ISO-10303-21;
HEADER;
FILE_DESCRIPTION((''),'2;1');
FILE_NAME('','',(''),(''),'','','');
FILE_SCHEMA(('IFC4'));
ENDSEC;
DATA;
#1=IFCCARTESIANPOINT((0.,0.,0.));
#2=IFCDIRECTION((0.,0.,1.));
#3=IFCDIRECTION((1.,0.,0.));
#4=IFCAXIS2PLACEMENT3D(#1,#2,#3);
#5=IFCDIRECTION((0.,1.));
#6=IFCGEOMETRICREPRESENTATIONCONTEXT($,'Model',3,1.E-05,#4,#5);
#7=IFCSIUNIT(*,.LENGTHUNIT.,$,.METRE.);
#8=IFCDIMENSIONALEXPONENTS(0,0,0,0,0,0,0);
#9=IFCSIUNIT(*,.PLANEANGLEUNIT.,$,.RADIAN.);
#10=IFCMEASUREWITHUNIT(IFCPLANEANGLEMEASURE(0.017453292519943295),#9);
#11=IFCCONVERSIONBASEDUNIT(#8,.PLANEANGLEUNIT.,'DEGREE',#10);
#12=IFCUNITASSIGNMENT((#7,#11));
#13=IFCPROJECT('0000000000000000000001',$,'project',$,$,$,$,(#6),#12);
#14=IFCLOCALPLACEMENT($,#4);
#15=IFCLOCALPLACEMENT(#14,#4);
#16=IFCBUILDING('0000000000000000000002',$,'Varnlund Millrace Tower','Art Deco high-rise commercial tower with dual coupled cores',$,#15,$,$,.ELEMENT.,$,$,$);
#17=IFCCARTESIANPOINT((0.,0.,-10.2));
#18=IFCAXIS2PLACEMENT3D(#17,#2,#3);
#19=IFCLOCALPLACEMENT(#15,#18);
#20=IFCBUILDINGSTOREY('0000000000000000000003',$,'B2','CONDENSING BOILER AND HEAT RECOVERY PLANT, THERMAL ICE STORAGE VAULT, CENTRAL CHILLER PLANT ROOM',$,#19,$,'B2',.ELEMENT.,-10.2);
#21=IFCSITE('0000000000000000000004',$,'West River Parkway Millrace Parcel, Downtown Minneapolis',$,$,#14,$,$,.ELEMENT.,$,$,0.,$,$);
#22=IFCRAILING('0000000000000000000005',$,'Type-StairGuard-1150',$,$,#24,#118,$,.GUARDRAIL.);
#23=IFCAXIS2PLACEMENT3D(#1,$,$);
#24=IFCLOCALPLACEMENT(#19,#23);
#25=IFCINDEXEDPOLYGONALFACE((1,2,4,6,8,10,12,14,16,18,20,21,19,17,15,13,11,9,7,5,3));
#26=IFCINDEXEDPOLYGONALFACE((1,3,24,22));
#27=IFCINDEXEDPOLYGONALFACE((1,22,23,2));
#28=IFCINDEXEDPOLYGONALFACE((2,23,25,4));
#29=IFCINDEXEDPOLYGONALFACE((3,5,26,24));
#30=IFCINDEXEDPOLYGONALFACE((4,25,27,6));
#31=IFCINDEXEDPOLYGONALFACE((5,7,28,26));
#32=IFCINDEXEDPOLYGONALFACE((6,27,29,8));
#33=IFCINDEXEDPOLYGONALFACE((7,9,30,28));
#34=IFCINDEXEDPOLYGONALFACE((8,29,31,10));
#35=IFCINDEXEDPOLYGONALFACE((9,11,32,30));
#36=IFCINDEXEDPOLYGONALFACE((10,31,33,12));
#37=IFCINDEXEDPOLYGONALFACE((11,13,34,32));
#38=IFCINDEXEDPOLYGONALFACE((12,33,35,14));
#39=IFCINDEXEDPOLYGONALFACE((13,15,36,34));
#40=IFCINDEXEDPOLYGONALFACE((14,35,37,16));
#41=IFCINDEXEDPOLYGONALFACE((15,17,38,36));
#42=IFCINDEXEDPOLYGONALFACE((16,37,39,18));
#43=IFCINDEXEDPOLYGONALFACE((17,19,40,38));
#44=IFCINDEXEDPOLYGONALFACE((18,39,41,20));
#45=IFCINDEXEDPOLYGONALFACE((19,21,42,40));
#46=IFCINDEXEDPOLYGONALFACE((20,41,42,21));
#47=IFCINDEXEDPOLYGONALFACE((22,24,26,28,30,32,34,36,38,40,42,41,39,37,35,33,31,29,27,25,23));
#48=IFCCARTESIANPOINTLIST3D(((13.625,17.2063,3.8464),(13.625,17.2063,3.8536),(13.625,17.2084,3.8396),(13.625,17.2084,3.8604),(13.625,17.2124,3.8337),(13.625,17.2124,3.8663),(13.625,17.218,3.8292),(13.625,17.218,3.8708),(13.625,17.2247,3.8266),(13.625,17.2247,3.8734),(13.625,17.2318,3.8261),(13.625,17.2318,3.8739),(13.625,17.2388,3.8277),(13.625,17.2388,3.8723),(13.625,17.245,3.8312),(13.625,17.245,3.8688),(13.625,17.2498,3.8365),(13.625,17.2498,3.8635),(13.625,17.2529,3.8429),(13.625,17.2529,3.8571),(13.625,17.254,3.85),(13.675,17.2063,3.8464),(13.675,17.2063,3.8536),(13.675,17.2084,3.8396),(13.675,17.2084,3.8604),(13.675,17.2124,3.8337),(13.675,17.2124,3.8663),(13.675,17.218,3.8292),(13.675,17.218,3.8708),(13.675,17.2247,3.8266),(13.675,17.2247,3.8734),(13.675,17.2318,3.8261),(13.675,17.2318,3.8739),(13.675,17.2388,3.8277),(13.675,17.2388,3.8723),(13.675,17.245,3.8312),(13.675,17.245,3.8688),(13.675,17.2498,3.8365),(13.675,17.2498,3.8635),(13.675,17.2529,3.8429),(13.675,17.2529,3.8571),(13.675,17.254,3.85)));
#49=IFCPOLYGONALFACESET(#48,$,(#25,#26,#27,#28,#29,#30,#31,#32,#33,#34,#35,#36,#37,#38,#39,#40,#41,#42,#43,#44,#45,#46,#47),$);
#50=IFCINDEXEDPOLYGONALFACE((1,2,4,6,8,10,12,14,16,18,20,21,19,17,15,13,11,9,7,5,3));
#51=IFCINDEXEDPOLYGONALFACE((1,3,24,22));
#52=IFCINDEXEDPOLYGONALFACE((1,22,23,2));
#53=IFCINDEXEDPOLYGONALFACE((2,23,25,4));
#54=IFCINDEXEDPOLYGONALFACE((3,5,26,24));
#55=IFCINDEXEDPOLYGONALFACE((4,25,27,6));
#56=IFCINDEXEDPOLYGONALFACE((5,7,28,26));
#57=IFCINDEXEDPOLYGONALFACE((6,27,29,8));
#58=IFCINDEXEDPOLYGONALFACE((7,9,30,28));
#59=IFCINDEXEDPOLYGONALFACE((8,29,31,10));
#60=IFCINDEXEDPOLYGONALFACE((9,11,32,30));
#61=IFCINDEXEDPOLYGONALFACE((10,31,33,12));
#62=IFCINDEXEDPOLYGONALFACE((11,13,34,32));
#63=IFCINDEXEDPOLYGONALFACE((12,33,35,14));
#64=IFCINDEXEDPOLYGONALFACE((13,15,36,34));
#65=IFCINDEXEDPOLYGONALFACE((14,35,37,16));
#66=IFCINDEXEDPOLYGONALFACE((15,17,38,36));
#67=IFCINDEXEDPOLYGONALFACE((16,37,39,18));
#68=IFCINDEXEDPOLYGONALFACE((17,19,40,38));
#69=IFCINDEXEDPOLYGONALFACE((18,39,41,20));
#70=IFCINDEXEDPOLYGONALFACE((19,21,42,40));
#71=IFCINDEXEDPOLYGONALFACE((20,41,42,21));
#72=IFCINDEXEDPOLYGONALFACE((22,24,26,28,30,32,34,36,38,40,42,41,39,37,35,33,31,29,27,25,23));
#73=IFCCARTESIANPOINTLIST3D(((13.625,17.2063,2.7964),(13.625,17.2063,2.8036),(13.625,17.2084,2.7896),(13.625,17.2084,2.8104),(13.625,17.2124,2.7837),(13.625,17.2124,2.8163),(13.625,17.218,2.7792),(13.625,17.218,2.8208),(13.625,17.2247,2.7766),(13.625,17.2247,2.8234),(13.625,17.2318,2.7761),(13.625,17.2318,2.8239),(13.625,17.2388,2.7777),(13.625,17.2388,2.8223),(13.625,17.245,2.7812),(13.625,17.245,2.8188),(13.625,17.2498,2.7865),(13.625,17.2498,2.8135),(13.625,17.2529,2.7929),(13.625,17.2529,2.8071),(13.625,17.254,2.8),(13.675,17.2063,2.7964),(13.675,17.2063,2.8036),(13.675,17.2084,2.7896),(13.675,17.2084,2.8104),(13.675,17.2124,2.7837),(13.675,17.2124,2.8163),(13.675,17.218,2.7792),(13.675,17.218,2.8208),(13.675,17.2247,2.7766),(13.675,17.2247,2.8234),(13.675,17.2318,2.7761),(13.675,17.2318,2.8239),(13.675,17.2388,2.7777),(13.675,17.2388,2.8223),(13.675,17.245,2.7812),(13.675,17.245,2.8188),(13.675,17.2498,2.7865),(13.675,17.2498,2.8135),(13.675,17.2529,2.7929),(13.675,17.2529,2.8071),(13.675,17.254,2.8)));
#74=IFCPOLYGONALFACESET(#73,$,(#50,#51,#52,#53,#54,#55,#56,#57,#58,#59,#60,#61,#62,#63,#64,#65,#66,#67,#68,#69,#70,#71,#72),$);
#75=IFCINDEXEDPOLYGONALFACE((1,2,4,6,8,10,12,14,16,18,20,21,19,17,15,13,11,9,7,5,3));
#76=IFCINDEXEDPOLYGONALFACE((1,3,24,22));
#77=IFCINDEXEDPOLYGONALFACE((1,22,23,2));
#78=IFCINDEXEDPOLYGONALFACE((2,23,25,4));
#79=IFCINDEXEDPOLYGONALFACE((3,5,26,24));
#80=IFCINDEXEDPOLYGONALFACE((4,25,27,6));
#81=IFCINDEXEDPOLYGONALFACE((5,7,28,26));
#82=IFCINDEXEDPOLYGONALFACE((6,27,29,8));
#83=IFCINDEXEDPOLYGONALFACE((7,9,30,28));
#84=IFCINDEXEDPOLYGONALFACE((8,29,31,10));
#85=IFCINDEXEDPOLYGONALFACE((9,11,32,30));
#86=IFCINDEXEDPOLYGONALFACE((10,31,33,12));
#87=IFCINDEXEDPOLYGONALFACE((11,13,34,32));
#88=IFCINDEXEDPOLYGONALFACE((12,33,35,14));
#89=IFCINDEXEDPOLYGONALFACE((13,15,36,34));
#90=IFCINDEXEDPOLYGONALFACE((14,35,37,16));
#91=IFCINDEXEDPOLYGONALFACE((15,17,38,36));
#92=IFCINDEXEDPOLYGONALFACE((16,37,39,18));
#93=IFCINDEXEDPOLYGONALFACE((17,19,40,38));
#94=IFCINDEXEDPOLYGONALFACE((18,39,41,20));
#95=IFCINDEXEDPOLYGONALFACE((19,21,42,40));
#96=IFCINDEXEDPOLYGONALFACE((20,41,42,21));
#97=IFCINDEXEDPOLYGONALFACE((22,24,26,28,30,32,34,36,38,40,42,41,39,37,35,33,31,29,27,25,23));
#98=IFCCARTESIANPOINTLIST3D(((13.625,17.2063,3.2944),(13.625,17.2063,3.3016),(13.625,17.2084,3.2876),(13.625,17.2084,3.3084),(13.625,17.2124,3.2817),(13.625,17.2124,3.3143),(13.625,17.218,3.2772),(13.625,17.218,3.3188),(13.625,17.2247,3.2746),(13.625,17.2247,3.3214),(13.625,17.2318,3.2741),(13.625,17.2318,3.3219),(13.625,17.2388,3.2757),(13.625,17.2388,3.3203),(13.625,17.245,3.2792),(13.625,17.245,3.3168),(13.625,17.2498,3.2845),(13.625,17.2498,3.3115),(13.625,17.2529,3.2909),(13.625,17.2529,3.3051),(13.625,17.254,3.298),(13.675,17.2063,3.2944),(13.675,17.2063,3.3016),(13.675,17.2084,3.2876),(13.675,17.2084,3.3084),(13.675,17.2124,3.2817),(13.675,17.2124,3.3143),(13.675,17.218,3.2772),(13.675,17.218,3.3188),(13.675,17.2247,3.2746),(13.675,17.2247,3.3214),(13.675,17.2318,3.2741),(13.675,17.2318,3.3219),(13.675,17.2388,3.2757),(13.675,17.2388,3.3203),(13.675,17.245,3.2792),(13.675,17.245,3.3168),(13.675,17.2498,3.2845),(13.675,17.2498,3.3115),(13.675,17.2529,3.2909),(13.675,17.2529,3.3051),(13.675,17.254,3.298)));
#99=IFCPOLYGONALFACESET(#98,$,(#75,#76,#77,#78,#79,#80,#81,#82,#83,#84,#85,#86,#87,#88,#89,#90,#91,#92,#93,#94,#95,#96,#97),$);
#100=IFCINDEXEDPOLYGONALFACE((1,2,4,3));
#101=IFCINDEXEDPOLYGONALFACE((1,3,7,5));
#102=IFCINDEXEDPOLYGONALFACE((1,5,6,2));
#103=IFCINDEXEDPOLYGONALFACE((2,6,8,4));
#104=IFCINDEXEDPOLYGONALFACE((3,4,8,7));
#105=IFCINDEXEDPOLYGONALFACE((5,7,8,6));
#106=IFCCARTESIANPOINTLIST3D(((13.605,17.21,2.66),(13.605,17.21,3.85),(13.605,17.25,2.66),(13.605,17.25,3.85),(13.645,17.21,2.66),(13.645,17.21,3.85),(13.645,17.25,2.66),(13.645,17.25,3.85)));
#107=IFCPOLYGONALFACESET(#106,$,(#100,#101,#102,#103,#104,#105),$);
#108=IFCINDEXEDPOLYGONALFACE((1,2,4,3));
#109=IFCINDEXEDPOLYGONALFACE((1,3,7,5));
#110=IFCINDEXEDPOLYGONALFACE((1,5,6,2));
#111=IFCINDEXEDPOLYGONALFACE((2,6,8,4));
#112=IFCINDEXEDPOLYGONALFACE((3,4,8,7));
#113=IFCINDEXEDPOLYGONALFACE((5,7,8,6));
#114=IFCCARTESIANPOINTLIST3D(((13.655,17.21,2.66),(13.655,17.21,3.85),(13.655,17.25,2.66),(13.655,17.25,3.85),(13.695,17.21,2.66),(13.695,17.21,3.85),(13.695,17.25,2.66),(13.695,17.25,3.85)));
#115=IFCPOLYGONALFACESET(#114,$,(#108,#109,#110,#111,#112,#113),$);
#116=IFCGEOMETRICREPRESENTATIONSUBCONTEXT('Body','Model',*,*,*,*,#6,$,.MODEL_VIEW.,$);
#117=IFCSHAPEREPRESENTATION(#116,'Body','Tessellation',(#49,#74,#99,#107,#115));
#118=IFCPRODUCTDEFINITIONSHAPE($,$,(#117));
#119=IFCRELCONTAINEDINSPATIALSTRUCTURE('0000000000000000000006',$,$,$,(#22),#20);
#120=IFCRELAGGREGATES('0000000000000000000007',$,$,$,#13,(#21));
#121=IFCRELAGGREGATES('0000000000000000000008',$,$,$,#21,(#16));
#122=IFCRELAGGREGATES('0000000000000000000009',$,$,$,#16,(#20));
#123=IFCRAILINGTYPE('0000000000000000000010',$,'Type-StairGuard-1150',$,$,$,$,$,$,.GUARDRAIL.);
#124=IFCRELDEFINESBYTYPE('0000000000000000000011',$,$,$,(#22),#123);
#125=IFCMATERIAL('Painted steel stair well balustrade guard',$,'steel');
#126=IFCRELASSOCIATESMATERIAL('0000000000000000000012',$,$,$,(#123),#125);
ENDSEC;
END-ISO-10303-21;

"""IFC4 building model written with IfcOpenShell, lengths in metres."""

from ifc_helpers import new_model, entity, si_unit, converted_unit, direction, frame, origin_with_axes, origin_2d_with_axis, place, context, subcontext, project, spatial, rectangle, circle, extrude, material, type_object, element, save


model = new_model("IFC4")

# Units and contexts
model_context = context("Model", 3, precision=1e-05, world=origin_with_axes(), true_north=direction((0.0, 1.0)))
body_context = subcontext(model_context, "Body", "Model", "MODEL_VIEW")
ifc_project = project(units=[si_unit("LENGTHUNIT", "METRE"), converted_unit("PLANEANGLEUNIT", "DEGREE", entity("IfcPlaneAngleMeasure", 0.017453292519943295), si_unit("PLANEANGLEUNIT", "RADIAN"), dimensions=[0, 0, 0, 0, 0, 0, 0])], contexts=[model_context])

# Site, building, storey
site_placement = place(None, origin_with_axes())
site = spatial("IfcSite", under=ifc_project, at=site_placement, Name="West River Parkway Millrace Parcel, Downtown Minneapolis", CompositionType="ELEMENT", RefElevation=0.0)
building_placement = place(site_placement, origin_with_axes())
building = spatial("IfcBuilding", under=site, at=building_placement, Name="Varnlund Millrace Tower", Description="Art Deco high-rise commercial tower with dual coupled cores", CompositionType="ELEMENT")
storey_placement = place(building_placement, frame((0.0, 0.0, -10.2), z_axis=(0.0, 0.0, 1.0), x_axis=(1.0, 0.0, 0.0)))
storey = spatial("IfcBuildingStorey", under=building, at=storey_placement, Name="B2", Description="CONDENSING BOILER AND HEAT RECOVERY PLANT, THERMAL ICE STORAGE VAULT, CENTRAL CHILLER PLANT ROOM", LongName="B2", CompositionType="ELEMENT", Elevation=-10.2)

# Railing
ifc_material_1 = material(Name="Painted steel stair well balustrade guard", Category="steel")
railing_type_1 = type_object("IfcRailingType", Name="Type-StairGuard-1150", PredefinedType="GUARDRAIL", material=ifc_material_1)
railing_1_placement = place(storey_placement, frame((0.0, 0.0, 10.2), z_axis=(0.0, 0.0, 1.0), x_axis=(1.0, 0.0, 0.0)))
element("IfcRailing", 1, at=railing_1_placement, inside=storey, type_object=railing_type_1, Name="Type-StairGuard-1150", PredefinedType="GUARDRAIL", context=body_context, shape_type="SweptSolid", body=[
    extrude(circle(Radius=0.024, at=origin_2d_with_axis()), frame((13.625, 17.23, -6.35), z_axis=(1.0, 0.0, 0.0), x_axis=(0.0, 1.0, 0.0)), (0.0, 0.0, 1.0), 0.05),
    extrude(circle(Radius=0.024, at=origin_2d_with_axis()), frame((13.625, 17.23, -7.4), z_axis=(1.0, 0.0, 0.0), x_axis=(0.0, 1.0, 0.0)), (0.0, 0.0, 1.0), 0.05),
    extrude(circle(Radius=0.024, at=origin_2d_with_axis()), frame((13.625, 17.23, -6.902), z_axis=(1.0, 0.0, 0.0), x_axis=(0.0, 1.0, 0.0)), (0.0, 0.0, 1.0), 0.05),
    extrude(rectangle(XDim=0.04, YDim=0.04, at=origin_2d_with_axis()), frame((13.625, 17.23, -7.54), z_axis=(0.0, 0.0, 1.0), x_axis=(1.0, 0.0, 0.0)), (0.0, 0.0, 1.0), 1.19),
    extrude(rectangle(XDim=0.04, YDim=0.04, at=origin_2d_with_axis()), frame((13.675, 17.23, -7.54), z_axis=(0.0, 0.0, 1.0), x_axis=(1.0, 0.0, 0.0)), (0.0, 0.0, 1.0), 1.19),
])

save(model, "model.ifc")
